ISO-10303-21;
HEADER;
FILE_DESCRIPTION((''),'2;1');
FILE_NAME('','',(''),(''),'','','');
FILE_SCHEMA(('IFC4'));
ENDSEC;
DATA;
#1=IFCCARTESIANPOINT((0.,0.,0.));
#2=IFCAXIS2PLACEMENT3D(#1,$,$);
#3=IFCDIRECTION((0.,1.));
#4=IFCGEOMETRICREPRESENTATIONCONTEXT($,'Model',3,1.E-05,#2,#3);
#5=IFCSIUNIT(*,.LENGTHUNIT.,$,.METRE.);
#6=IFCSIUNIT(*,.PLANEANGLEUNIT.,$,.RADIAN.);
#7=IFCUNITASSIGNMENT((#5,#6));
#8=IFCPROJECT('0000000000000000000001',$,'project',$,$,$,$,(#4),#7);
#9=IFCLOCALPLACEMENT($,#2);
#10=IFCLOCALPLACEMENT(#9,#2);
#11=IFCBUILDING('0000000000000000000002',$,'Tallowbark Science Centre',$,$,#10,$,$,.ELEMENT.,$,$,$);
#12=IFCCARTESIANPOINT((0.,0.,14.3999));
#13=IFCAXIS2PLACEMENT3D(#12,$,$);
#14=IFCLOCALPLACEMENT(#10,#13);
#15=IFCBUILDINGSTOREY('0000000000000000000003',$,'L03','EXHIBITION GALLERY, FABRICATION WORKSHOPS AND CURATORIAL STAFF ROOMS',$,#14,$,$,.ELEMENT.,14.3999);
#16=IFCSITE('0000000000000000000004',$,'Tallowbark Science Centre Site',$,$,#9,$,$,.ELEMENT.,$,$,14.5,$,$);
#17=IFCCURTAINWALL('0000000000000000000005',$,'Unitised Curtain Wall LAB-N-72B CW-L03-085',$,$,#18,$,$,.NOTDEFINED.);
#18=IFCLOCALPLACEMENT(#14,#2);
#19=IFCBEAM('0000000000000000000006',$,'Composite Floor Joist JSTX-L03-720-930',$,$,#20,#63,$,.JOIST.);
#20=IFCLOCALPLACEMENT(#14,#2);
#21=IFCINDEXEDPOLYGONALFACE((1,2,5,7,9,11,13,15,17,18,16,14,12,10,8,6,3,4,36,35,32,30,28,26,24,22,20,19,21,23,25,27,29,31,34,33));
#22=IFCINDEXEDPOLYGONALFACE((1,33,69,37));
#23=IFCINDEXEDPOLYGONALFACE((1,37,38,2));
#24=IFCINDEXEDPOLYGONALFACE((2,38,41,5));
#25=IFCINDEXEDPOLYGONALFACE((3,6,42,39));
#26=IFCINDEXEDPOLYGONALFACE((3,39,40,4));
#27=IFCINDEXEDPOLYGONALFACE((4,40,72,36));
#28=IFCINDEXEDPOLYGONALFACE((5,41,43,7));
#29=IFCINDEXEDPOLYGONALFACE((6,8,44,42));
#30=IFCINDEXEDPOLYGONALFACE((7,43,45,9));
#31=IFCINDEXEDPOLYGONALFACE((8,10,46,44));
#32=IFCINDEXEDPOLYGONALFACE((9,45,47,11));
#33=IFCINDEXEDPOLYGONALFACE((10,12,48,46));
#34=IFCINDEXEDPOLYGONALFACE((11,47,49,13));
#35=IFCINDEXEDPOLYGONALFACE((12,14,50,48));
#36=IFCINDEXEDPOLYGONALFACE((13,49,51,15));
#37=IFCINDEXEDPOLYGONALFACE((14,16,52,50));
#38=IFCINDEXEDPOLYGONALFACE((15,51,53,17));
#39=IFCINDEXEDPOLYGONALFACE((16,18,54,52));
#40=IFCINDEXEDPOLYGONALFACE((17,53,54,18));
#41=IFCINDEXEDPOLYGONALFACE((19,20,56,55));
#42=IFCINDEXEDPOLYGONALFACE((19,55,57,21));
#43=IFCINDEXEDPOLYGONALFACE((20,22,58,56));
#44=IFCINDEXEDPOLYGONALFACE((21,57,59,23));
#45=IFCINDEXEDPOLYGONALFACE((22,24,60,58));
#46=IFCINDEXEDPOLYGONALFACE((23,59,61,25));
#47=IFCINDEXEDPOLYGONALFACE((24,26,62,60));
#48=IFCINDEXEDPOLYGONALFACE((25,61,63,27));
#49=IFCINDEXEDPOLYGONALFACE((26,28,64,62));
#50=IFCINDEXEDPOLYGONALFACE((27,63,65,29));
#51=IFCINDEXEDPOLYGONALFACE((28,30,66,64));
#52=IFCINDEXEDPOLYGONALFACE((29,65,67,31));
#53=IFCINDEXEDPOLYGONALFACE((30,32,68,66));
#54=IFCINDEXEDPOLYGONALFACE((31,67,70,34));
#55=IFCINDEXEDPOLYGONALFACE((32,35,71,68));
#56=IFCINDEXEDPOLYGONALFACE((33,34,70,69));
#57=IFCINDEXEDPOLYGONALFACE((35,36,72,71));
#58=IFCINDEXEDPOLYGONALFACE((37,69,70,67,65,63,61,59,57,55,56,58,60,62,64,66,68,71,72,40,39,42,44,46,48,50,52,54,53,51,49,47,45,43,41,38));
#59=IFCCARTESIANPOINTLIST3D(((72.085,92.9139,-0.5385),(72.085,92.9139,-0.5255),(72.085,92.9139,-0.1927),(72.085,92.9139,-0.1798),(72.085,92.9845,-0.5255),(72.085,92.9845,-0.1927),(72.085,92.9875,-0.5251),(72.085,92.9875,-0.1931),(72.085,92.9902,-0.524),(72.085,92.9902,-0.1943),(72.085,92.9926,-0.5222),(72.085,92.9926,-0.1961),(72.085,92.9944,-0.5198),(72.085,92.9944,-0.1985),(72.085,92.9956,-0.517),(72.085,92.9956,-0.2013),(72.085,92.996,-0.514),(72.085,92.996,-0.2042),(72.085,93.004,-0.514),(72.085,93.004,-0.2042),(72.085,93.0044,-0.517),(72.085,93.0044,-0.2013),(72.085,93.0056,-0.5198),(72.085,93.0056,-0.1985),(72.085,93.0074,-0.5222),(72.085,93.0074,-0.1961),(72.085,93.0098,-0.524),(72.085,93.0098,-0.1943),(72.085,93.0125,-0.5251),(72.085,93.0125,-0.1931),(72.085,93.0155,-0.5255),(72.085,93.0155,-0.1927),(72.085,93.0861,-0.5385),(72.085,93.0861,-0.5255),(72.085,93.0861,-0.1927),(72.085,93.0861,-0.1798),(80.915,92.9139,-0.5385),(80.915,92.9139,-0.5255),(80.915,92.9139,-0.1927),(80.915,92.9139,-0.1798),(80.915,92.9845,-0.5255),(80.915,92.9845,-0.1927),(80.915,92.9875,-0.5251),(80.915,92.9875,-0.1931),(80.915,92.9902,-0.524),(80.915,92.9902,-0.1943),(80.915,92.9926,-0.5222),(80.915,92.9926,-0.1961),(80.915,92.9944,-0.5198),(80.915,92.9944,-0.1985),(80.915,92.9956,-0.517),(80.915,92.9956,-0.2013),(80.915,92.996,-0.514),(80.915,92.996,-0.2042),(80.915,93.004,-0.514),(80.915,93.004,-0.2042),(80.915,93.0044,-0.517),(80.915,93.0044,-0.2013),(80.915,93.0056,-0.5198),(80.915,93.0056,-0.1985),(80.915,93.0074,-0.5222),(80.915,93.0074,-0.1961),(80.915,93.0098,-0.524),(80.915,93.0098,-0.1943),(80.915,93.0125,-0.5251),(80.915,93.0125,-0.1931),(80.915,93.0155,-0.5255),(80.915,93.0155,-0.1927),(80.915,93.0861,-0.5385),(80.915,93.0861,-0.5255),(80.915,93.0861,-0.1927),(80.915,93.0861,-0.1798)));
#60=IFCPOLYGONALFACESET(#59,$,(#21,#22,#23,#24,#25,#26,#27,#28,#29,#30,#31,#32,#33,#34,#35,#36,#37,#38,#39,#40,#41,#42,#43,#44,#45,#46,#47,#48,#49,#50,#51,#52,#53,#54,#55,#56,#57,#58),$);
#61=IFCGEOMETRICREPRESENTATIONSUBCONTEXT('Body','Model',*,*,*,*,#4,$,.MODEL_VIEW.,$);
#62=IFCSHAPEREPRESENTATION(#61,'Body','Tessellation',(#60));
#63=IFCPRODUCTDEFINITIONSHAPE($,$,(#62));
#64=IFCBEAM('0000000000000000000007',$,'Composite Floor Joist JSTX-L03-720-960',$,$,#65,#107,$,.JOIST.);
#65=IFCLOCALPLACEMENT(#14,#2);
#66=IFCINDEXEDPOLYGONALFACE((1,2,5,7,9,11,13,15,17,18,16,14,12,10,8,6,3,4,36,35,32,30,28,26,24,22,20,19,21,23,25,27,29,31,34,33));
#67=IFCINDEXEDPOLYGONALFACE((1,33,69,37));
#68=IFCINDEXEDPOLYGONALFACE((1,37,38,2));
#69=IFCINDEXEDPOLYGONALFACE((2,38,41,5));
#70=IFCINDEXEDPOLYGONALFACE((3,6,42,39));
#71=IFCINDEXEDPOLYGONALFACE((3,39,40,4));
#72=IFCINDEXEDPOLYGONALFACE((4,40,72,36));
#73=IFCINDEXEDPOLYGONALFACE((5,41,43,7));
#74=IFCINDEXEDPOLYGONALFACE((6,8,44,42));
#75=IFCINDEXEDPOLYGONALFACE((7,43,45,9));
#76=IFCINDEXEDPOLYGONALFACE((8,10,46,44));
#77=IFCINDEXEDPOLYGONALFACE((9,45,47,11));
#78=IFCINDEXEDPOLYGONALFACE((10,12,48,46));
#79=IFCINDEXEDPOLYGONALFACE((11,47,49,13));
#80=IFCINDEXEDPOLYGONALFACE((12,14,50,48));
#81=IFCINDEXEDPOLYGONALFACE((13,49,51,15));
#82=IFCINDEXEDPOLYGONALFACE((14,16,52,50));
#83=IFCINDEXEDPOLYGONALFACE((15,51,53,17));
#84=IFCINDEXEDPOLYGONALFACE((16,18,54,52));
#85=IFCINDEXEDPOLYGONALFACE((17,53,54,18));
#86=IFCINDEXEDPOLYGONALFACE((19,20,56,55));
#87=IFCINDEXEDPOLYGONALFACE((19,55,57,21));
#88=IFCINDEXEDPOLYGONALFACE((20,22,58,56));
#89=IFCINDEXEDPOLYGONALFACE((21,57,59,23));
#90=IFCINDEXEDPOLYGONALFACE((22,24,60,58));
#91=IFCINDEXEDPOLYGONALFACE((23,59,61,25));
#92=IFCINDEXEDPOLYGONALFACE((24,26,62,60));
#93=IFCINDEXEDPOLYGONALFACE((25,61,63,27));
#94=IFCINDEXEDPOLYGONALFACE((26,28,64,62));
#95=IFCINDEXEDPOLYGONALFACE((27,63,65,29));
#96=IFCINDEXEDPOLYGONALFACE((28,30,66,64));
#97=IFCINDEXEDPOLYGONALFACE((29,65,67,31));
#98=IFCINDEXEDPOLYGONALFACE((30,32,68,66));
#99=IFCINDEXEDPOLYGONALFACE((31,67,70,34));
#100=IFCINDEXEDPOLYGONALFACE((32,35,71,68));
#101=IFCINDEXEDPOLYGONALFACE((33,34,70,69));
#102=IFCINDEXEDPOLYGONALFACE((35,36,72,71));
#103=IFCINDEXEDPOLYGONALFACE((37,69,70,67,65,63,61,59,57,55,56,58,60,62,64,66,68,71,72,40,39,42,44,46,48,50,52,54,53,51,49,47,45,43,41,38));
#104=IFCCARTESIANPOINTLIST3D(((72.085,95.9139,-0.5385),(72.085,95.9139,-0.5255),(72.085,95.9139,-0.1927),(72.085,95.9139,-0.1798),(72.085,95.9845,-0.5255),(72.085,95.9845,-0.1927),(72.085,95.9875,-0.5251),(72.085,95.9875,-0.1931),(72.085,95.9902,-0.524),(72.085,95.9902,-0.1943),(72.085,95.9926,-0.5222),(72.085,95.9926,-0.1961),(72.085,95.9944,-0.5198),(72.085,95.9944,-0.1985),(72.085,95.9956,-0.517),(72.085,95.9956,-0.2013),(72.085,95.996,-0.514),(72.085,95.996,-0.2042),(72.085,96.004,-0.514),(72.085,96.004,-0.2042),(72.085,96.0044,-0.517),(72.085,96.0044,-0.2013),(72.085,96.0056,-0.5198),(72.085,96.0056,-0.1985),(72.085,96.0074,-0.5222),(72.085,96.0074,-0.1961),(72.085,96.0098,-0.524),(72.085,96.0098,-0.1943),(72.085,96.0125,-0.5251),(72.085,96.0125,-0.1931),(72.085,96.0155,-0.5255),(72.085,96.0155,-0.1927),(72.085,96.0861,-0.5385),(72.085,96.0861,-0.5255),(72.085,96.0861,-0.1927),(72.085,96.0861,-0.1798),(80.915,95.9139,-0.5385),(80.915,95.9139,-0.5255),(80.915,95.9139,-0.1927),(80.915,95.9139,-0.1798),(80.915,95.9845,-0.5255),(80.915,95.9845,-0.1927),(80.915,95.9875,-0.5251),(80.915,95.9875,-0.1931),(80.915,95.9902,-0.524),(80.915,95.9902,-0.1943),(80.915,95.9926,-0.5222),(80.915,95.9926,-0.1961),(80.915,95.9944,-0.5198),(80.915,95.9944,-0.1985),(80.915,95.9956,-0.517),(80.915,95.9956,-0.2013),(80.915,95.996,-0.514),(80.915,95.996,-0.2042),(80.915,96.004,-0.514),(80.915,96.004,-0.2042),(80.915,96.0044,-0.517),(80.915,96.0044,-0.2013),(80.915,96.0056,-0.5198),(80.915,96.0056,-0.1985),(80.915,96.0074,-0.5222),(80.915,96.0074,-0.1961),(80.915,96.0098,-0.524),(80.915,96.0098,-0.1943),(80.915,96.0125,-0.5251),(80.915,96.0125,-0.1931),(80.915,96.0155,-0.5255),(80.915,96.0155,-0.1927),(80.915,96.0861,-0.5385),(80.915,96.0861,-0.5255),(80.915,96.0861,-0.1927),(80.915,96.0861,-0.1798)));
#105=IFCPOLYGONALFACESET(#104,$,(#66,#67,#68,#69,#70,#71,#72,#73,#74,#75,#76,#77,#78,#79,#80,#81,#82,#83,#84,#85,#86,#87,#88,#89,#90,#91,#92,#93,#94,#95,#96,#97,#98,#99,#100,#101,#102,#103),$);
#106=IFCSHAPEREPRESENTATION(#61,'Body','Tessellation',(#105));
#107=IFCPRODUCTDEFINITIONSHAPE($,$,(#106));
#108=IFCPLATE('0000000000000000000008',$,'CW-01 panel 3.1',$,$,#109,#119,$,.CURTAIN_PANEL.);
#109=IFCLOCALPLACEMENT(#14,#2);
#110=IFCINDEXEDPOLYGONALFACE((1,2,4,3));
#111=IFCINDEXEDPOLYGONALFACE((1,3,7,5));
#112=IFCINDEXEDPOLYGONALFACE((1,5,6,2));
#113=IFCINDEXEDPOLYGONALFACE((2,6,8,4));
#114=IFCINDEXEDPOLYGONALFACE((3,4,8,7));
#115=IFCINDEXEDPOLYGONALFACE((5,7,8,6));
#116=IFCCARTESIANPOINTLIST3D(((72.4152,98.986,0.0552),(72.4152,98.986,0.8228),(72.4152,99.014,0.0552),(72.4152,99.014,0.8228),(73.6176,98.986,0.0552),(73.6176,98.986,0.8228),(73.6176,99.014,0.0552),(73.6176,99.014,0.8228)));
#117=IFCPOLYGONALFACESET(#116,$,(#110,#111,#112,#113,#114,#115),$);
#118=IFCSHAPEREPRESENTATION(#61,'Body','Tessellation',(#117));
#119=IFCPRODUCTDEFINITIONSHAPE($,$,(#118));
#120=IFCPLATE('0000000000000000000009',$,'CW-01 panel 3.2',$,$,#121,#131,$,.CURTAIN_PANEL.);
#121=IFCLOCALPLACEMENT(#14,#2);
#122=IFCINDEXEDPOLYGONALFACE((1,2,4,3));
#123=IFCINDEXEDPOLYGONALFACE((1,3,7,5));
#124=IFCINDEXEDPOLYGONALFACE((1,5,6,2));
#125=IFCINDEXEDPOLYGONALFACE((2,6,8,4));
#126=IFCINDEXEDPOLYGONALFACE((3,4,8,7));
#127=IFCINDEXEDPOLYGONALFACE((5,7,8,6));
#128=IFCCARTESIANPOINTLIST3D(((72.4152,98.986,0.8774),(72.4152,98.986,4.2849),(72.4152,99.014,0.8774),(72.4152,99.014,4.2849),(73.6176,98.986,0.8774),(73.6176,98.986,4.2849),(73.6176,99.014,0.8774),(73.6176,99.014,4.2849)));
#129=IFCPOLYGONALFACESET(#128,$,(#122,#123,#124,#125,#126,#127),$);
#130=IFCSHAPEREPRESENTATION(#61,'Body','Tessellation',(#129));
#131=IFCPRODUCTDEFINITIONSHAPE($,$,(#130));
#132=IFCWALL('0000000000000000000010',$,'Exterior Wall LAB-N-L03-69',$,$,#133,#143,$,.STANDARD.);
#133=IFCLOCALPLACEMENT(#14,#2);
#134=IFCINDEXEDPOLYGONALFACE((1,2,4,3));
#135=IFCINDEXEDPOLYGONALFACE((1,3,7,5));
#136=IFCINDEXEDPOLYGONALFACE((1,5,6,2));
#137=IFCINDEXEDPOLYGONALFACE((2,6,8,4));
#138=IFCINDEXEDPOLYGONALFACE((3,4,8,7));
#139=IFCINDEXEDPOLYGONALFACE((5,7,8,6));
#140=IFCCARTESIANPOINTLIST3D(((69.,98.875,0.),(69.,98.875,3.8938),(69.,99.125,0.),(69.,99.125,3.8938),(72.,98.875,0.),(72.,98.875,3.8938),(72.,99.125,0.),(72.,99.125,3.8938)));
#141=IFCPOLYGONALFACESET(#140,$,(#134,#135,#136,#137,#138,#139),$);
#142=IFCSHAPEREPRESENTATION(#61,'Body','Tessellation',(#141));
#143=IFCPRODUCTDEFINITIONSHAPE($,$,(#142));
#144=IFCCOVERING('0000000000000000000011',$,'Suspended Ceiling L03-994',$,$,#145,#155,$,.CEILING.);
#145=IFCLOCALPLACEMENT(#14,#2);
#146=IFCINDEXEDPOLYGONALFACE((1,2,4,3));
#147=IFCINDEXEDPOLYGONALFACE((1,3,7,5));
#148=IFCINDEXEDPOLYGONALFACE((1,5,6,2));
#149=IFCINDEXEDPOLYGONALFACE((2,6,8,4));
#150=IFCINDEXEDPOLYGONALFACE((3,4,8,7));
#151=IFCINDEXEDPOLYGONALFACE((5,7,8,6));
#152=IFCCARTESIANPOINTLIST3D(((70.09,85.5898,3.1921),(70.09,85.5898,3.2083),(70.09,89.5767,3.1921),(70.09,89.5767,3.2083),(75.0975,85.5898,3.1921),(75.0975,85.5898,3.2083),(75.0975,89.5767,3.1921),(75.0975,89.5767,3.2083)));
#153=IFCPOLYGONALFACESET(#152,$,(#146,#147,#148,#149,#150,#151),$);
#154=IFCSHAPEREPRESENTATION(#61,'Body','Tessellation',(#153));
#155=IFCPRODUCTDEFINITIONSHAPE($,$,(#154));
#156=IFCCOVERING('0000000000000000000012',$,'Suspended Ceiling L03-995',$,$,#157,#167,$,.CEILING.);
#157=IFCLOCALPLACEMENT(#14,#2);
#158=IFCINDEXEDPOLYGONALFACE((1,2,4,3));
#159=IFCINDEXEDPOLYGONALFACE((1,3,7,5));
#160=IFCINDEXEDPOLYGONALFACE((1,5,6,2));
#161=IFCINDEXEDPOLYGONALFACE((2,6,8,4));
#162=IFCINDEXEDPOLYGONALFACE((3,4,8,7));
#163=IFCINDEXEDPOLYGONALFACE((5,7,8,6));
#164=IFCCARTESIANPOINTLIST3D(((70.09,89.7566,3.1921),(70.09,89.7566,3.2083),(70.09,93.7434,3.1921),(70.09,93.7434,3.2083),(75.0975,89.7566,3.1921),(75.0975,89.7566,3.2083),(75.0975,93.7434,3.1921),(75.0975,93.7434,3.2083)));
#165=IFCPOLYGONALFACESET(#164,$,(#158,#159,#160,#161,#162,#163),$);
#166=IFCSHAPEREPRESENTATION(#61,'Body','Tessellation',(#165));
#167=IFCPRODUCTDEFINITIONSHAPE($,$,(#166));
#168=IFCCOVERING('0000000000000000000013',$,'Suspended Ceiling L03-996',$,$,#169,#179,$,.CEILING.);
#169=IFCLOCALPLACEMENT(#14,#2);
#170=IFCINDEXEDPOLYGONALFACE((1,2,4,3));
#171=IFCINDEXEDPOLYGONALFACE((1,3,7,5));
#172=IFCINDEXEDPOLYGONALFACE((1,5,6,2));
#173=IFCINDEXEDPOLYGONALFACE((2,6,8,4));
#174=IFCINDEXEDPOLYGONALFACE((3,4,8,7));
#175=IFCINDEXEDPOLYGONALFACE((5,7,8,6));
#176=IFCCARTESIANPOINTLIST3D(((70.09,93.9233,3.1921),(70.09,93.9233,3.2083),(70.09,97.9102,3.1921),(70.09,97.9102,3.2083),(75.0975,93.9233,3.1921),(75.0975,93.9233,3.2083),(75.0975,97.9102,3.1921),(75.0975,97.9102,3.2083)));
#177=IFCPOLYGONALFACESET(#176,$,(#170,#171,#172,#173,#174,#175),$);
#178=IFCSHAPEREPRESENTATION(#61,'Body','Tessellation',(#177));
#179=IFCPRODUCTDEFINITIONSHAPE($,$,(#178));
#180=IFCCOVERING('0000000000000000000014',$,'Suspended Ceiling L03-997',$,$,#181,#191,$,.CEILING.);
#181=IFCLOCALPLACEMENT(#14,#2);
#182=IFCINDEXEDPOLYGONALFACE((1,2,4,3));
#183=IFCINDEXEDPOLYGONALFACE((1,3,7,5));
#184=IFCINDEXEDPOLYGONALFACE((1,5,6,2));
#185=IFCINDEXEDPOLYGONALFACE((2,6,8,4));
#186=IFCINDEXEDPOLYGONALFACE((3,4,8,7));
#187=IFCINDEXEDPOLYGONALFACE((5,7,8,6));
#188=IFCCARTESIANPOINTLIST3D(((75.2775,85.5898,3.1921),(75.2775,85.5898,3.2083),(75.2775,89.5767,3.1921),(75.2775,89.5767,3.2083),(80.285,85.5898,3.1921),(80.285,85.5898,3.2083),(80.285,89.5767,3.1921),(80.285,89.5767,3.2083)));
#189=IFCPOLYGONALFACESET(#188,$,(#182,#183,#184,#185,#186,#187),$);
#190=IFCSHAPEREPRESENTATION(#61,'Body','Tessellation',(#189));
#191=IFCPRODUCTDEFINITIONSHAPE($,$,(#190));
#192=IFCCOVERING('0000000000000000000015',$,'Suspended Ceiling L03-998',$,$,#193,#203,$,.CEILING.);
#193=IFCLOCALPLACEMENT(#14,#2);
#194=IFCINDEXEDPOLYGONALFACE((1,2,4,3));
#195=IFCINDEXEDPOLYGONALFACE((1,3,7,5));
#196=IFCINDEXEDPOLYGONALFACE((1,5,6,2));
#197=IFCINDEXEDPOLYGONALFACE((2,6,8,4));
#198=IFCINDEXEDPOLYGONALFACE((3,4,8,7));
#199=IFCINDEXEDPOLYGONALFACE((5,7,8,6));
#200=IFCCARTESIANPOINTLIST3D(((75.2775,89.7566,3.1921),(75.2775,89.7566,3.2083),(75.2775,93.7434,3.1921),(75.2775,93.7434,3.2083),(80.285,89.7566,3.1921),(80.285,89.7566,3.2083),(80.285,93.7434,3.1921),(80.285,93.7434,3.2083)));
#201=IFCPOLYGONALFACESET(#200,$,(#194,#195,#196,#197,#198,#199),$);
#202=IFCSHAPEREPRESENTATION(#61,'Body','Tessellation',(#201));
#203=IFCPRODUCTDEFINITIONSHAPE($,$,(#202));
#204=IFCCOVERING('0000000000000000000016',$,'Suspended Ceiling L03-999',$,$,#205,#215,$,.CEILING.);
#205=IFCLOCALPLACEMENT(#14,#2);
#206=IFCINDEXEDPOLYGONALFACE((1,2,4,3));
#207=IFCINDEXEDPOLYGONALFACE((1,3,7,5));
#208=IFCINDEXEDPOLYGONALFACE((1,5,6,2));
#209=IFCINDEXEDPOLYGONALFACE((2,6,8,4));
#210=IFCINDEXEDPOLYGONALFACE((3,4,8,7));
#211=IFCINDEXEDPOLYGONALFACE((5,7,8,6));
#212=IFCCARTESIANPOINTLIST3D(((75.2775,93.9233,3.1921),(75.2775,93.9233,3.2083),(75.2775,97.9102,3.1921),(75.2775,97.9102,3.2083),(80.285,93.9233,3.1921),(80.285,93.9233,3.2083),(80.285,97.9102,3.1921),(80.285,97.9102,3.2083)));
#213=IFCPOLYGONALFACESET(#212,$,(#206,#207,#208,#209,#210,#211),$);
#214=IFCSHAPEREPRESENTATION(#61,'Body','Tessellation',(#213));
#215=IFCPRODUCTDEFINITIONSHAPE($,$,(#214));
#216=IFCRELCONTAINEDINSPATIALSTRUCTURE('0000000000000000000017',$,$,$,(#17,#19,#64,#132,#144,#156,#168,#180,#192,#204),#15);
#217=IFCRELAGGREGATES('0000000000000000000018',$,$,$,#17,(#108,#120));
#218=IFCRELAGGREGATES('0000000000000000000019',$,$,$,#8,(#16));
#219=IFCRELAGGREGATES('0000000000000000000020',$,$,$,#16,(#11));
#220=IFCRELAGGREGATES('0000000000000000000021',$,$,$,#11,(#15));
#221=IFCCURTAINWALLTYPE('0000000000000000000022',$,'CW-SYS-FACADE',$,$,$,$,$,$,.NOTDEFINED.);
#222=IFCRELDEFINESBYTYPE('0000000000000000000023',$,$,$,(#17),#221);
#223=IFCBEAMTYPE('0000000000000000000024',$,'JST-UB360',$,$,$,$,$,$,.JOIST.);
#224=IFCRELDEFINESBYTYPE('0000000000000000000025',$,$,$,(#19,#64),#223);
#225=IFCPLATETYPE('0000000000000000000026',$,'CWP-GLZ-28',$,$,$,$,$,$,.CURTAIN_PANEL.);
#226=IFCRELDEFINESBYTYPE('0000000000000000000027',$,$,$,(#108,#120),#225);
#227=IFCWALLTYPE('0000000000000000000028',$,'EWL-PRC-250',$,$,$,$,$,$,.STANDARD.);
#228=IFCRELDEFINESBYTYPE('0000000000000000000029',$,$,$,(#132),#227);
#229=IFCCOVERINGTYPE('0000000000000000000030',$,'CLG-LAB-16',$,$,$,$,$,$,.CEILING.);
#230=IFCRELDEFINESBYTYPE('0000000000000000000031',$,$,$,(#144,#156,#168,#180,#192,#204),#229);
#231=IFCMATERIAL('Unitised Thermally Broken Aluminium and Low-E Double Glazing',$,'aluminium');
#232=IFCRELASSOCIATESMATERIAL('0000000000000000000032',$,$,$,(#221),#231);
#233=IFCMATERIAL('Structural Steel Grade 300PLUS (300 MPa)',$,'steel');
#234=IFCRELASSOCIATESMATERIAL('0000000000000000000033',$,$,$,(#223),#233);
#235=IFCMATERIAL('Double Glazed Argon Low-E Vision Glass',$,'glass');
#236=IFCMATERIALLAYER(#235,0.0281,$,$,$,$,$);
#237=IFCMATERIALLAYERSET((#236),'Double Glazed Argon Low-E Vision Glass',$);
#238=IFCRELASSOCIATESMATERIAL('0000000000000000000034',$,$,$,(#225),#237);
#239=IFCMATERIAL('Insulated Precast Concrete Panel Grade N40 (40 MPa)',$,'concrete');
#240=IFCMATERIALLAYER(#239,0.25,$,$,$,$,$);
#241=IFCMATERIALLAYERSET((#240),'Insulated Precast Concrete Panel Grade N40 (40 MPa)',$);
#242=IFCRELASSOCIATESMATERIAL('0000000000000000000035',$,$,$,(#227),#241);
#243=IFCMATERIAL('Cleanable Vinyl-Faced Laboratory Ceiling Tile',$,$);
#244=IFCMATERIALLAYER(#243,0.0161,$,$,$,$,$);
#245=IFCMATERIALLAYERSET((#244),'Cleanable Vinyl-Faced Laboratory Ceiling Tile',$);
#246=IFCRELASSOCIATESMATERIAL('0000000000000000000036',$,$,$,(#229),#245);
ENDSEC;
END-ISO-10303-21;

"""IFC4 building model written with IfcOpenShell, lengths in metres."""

from ifc_helpers import new_model, si_unit, direction, frame, frame_2d, origin, origin_2d, place, context, subcontext, project, spatial, rectangle, i_section, extrude, material, layer, layer_set, material_profile, profile_set, type_object, element, aggregate, save


model = new_model("IFC4")

# Units and contexts
model_context = context("Model", 3, precision=1e-05, world=origin(), true_north=direction((0.0, 1.0)))
body_context = subcontext(model_context, "Body", "Model", "MODEL_VIEW")
ifc_project = project(units=[si_unit("LENGTHUNIT", "METRE"), si_unit("PLANEANGLEUNIT", "RADIAN")], contexts=[model_context])

# Site, building, storey
site_placement = place(None, origin())
site = spatial("IfcSite", under=ifc_project, at=site_placement, Name="Tallowbark Science Centre Site", CompositionType="ELEMENT", RefElevation=14.5)
building_placement = place(site_placement, origin())
building = spatial("IfcBuilding", under=site, at=building_placement, Name="Tallowbark Science Centre", CompositionType="ELEMENT")
storey_placement = place(building_placement, frame((0.0, 0.0, 14.3999)))
storey = spatial("IfcBuildingStorey", under=building, at=storey_placement, Name="L03", Description="EXHIBITION GALLERY, FABRICATION WORKSHOPS AND CURATORIAL STAFF ROOMS", CompositionType="ELEMENT", Elevation=14.3999)

# Shared definitions
ifc_material_1 = material(Name="Structural Steel Grade 300PLUS (300 MPa)", Category="steel")

# Curtain wall
ifc_material_2 = material(Name="Unitised Thermally Broken Aluminium and Low-E Double Glazing", Category="aluminium")
curtain_wall_type = type_object("IfcCurtainWallType", Name="CW-SYS-FACADE", PredefinedType="NOTDEFINED", material=ifc_material_2)
curtain_wall_placement = place(storey_placement, origin())
curtain_wall = element("IfcCurtainWall", 1, at=curtain_wall_placement, inside=storey, type_object=curtain_wall_type, Name="Unitised Curtain Wall LAB-N-72B CW-L03-085", PredefinedType="NOTDEFINED")

# Beams
ifc_material_profile_1 = material_profile(ifc_material_1, i_section(OverallWidth=0.1721, OverallDepth=0.3586, WebThickness=0.0081, FlangeThickness=0.0129, FilletRadius=0.0115, at=origin_2d()), Name="360UB56.7")
ifc_profile_set_1 = profile_set([ifc_material_profile_1], Name="Structural Steel Grade 300PLUS (300 MPa)")
beam_type_1 = type_object("IfcBeamType", Name="JST-UB360", PredefinedType="JOIST", material=ifc_profile_set_1)
for number, where, z_axis, x_axis, name in (
    (2, (72.085, 93.0, -0.3591), (1.0, 0.0, 0.0), (0.0, 1.0, 0.0), "Composite Floor Joist JSTX-L03-720-930"),
    (3, (72.085, 96.0, -0.3591), (1.0, 0.0, 0.0), (0.0, 1.0, 0.0), "Composite Floor Joist JSTX-L03-720-960"),
):
    element("IfcBeam", number, at=place(storey_placement, frame(where, z_axis=z_axis, x_axis=x_axis)), inside=storey, type_object=beam_type_1, Name=name, PredefinedType="JOIST", context=body_context, shape_type="SweptSolid", body=[
        extrude(i_section(OverallWidth=0.1721, OverallDepth=0.3586, WebThickness=0.0081, FlangeThickness=0.0129, FilletRadius=0.0115, at=origin_2d()), origin(), (0.0, 0.0, 1.0), 8.8301),
    ])

# Plates
ifc_material_3 = material(Name="Double Glazed Argon Low-E Vision Glass", Category="glass")
ifc_layer_1 = layer(ifc_material_3, 0.0281)
ifc_layer_set_1 = layer_set([ifc_layer_1], Name="Double Glazed Argon Low-E Vision Glass")
plate_type = type_object("IfcPlateType", Name="CWP-GLZ-28", PredefinedType="CURTAIN_PANEL", material=ifc_layer_set_1)
plate_1_placement = place(storey_placement, frame((73.0164, 99.0, 0.0552), z_axis=(0.0, 0.0, 1.0), x_axis=(-1.0, 0.0, 0.0)))
plate_1 = element("IfcPlate", 4, at=plate_1_placement, type_object=plate_type, Name="CW-01 panel 3.1", PredefinedType="CURTAIN_PANEL", context=body_context, shape_type="SweptSolid", body=[
    extrude(rectangle(XDim=1.2024, YDim=0.0281, at=origin_2d()), origin(), (0.0, 0.0, 1.0), 0.7676),
])
plate_2_placement = place(storey_placement, frame((73.0164, 99.0, 0.8774), z_axis=(0.0, 0.0, 1.0), x_axis=(-1.0, 0.0, 0.0)))
plate_2 = element("IfcPlate", 5, at=plate_2_placement, type_object=plate_type, Name="CW-01 panel 3.2", PredefinedType="CURTAIN_PANEL", context=body_context, shape_type="SweptSolid", body=[
    extrude(rectangle(XDim=1.2024, YDim=0.0281, at=origin_2d()), origin(), (0.0, 0.0, 1.0), 3.4075),
])
aggregate(curtain_wall, [plate_1, plate_2])

# Wall
ifc_material_4 = material(Name="Insulated Precast Concrete Panel Grade N40 (40 MPa)", Category="concrete")
ifc_layer_2 = layer(ifc_material_4, 0.25)
ifc_layer_set_2 = layer_set([ifc_layer_2], Name="Insulated Precast Concrete Panel Grade N40 (40 MPa)")
wall_type = type_object("IfcWallType", Name="EWL-PRC-250", PredefinedType="STANDARD", material=ifc_layer_set_2)
wall_placement = place(storey_placement, frame((72.0, 99.0, 0.0), z_axis=(0.0, 0.0, 1.0), x_axis=(-1.0, 0.0, 0.0)))
element("IfcWall", 6, at=wall_placement, inside=storey, type_object=wall_type, Name="Exterior Wall LAB-N-L03-69", PredefinedType="STANDARD", context=body_context, shape_type="SweptSolid", body=[
    extrude(rectangle(XDim=3.0, YDim=0.25, at=frame_2d((1.5, 0.0))), origin(), (0.0, 0.0, 1.0), 3.8938),
])

# Coverings
ifc_material_5 = material(Name="Cleanable Vinyl-Faced Laboratory Ceiling Tile")
ifc_layer_3 = layer(ifc_material_5, 0.0161)
ifc_layer_set_3 = layer_set([ifc_layer_3], Name="Cleanable Vinyl-Faced Laboratory Ceiling Tile")
covering_type_1 = type_object("IfcCoveringType", Name="CLG-LAB-16", PredefinedType="CEILING", material=ifc_layer_set_3)
for number, where, z_axis, x_axis, name in (
    (7, (72.5938, 87.5833, 3.1921), (0.0, 0.0, 1.0), (1.0, 0.0, 0.0), "Suspended Ceiling L03-994"),
    (8, (72.5938, 91.75, 3.1921), (0.0, 0.0, 1.0), (1.0, 0.0, 0.0), "Suspended Ceiling L03-995"),
    (9, (72.5938, 95.9167, 3.1921), (0.0, 0.0, 1.0), (1.0, 0.0, 0.0), "Suspended Ceiling L03-996"),
    (10, (77.7812, 87.5833, 3.1921), (0.0, 0.0, 1.0), (1.0, 0.0, 0.0), "Suspended Ceiling L03-997"),
    (11, (77.7812, 91.75, 3.1921), (0.0, 0.0, 1.0), (1.0, 0.0, 0.0), "Suspended Ceiling L03-998"),
    (12, (77.7812, 95.9167, 3.1921), (0.0, 0.0, 1.0), (1.0, 0.0, 0.0), "Suspended Ceiling L03-999"),
):
    element("IfcCovering", number, at=place(storey_placement, frame(where, z_axis=z_axis, x_axis=x_axis)), inside=storey, type_object=covering_type_1, Name=name, PredefinedType="CEILING", context=body_context, shape_type="SweptSolid", body=[
        extrude(rectangle(XDim=5.0076, YDim=3.9868, at=origin_2d()), origin(), (0.0, 0.0, 1.0), 0.0161),
    ])

save(model, "model.ifc")
